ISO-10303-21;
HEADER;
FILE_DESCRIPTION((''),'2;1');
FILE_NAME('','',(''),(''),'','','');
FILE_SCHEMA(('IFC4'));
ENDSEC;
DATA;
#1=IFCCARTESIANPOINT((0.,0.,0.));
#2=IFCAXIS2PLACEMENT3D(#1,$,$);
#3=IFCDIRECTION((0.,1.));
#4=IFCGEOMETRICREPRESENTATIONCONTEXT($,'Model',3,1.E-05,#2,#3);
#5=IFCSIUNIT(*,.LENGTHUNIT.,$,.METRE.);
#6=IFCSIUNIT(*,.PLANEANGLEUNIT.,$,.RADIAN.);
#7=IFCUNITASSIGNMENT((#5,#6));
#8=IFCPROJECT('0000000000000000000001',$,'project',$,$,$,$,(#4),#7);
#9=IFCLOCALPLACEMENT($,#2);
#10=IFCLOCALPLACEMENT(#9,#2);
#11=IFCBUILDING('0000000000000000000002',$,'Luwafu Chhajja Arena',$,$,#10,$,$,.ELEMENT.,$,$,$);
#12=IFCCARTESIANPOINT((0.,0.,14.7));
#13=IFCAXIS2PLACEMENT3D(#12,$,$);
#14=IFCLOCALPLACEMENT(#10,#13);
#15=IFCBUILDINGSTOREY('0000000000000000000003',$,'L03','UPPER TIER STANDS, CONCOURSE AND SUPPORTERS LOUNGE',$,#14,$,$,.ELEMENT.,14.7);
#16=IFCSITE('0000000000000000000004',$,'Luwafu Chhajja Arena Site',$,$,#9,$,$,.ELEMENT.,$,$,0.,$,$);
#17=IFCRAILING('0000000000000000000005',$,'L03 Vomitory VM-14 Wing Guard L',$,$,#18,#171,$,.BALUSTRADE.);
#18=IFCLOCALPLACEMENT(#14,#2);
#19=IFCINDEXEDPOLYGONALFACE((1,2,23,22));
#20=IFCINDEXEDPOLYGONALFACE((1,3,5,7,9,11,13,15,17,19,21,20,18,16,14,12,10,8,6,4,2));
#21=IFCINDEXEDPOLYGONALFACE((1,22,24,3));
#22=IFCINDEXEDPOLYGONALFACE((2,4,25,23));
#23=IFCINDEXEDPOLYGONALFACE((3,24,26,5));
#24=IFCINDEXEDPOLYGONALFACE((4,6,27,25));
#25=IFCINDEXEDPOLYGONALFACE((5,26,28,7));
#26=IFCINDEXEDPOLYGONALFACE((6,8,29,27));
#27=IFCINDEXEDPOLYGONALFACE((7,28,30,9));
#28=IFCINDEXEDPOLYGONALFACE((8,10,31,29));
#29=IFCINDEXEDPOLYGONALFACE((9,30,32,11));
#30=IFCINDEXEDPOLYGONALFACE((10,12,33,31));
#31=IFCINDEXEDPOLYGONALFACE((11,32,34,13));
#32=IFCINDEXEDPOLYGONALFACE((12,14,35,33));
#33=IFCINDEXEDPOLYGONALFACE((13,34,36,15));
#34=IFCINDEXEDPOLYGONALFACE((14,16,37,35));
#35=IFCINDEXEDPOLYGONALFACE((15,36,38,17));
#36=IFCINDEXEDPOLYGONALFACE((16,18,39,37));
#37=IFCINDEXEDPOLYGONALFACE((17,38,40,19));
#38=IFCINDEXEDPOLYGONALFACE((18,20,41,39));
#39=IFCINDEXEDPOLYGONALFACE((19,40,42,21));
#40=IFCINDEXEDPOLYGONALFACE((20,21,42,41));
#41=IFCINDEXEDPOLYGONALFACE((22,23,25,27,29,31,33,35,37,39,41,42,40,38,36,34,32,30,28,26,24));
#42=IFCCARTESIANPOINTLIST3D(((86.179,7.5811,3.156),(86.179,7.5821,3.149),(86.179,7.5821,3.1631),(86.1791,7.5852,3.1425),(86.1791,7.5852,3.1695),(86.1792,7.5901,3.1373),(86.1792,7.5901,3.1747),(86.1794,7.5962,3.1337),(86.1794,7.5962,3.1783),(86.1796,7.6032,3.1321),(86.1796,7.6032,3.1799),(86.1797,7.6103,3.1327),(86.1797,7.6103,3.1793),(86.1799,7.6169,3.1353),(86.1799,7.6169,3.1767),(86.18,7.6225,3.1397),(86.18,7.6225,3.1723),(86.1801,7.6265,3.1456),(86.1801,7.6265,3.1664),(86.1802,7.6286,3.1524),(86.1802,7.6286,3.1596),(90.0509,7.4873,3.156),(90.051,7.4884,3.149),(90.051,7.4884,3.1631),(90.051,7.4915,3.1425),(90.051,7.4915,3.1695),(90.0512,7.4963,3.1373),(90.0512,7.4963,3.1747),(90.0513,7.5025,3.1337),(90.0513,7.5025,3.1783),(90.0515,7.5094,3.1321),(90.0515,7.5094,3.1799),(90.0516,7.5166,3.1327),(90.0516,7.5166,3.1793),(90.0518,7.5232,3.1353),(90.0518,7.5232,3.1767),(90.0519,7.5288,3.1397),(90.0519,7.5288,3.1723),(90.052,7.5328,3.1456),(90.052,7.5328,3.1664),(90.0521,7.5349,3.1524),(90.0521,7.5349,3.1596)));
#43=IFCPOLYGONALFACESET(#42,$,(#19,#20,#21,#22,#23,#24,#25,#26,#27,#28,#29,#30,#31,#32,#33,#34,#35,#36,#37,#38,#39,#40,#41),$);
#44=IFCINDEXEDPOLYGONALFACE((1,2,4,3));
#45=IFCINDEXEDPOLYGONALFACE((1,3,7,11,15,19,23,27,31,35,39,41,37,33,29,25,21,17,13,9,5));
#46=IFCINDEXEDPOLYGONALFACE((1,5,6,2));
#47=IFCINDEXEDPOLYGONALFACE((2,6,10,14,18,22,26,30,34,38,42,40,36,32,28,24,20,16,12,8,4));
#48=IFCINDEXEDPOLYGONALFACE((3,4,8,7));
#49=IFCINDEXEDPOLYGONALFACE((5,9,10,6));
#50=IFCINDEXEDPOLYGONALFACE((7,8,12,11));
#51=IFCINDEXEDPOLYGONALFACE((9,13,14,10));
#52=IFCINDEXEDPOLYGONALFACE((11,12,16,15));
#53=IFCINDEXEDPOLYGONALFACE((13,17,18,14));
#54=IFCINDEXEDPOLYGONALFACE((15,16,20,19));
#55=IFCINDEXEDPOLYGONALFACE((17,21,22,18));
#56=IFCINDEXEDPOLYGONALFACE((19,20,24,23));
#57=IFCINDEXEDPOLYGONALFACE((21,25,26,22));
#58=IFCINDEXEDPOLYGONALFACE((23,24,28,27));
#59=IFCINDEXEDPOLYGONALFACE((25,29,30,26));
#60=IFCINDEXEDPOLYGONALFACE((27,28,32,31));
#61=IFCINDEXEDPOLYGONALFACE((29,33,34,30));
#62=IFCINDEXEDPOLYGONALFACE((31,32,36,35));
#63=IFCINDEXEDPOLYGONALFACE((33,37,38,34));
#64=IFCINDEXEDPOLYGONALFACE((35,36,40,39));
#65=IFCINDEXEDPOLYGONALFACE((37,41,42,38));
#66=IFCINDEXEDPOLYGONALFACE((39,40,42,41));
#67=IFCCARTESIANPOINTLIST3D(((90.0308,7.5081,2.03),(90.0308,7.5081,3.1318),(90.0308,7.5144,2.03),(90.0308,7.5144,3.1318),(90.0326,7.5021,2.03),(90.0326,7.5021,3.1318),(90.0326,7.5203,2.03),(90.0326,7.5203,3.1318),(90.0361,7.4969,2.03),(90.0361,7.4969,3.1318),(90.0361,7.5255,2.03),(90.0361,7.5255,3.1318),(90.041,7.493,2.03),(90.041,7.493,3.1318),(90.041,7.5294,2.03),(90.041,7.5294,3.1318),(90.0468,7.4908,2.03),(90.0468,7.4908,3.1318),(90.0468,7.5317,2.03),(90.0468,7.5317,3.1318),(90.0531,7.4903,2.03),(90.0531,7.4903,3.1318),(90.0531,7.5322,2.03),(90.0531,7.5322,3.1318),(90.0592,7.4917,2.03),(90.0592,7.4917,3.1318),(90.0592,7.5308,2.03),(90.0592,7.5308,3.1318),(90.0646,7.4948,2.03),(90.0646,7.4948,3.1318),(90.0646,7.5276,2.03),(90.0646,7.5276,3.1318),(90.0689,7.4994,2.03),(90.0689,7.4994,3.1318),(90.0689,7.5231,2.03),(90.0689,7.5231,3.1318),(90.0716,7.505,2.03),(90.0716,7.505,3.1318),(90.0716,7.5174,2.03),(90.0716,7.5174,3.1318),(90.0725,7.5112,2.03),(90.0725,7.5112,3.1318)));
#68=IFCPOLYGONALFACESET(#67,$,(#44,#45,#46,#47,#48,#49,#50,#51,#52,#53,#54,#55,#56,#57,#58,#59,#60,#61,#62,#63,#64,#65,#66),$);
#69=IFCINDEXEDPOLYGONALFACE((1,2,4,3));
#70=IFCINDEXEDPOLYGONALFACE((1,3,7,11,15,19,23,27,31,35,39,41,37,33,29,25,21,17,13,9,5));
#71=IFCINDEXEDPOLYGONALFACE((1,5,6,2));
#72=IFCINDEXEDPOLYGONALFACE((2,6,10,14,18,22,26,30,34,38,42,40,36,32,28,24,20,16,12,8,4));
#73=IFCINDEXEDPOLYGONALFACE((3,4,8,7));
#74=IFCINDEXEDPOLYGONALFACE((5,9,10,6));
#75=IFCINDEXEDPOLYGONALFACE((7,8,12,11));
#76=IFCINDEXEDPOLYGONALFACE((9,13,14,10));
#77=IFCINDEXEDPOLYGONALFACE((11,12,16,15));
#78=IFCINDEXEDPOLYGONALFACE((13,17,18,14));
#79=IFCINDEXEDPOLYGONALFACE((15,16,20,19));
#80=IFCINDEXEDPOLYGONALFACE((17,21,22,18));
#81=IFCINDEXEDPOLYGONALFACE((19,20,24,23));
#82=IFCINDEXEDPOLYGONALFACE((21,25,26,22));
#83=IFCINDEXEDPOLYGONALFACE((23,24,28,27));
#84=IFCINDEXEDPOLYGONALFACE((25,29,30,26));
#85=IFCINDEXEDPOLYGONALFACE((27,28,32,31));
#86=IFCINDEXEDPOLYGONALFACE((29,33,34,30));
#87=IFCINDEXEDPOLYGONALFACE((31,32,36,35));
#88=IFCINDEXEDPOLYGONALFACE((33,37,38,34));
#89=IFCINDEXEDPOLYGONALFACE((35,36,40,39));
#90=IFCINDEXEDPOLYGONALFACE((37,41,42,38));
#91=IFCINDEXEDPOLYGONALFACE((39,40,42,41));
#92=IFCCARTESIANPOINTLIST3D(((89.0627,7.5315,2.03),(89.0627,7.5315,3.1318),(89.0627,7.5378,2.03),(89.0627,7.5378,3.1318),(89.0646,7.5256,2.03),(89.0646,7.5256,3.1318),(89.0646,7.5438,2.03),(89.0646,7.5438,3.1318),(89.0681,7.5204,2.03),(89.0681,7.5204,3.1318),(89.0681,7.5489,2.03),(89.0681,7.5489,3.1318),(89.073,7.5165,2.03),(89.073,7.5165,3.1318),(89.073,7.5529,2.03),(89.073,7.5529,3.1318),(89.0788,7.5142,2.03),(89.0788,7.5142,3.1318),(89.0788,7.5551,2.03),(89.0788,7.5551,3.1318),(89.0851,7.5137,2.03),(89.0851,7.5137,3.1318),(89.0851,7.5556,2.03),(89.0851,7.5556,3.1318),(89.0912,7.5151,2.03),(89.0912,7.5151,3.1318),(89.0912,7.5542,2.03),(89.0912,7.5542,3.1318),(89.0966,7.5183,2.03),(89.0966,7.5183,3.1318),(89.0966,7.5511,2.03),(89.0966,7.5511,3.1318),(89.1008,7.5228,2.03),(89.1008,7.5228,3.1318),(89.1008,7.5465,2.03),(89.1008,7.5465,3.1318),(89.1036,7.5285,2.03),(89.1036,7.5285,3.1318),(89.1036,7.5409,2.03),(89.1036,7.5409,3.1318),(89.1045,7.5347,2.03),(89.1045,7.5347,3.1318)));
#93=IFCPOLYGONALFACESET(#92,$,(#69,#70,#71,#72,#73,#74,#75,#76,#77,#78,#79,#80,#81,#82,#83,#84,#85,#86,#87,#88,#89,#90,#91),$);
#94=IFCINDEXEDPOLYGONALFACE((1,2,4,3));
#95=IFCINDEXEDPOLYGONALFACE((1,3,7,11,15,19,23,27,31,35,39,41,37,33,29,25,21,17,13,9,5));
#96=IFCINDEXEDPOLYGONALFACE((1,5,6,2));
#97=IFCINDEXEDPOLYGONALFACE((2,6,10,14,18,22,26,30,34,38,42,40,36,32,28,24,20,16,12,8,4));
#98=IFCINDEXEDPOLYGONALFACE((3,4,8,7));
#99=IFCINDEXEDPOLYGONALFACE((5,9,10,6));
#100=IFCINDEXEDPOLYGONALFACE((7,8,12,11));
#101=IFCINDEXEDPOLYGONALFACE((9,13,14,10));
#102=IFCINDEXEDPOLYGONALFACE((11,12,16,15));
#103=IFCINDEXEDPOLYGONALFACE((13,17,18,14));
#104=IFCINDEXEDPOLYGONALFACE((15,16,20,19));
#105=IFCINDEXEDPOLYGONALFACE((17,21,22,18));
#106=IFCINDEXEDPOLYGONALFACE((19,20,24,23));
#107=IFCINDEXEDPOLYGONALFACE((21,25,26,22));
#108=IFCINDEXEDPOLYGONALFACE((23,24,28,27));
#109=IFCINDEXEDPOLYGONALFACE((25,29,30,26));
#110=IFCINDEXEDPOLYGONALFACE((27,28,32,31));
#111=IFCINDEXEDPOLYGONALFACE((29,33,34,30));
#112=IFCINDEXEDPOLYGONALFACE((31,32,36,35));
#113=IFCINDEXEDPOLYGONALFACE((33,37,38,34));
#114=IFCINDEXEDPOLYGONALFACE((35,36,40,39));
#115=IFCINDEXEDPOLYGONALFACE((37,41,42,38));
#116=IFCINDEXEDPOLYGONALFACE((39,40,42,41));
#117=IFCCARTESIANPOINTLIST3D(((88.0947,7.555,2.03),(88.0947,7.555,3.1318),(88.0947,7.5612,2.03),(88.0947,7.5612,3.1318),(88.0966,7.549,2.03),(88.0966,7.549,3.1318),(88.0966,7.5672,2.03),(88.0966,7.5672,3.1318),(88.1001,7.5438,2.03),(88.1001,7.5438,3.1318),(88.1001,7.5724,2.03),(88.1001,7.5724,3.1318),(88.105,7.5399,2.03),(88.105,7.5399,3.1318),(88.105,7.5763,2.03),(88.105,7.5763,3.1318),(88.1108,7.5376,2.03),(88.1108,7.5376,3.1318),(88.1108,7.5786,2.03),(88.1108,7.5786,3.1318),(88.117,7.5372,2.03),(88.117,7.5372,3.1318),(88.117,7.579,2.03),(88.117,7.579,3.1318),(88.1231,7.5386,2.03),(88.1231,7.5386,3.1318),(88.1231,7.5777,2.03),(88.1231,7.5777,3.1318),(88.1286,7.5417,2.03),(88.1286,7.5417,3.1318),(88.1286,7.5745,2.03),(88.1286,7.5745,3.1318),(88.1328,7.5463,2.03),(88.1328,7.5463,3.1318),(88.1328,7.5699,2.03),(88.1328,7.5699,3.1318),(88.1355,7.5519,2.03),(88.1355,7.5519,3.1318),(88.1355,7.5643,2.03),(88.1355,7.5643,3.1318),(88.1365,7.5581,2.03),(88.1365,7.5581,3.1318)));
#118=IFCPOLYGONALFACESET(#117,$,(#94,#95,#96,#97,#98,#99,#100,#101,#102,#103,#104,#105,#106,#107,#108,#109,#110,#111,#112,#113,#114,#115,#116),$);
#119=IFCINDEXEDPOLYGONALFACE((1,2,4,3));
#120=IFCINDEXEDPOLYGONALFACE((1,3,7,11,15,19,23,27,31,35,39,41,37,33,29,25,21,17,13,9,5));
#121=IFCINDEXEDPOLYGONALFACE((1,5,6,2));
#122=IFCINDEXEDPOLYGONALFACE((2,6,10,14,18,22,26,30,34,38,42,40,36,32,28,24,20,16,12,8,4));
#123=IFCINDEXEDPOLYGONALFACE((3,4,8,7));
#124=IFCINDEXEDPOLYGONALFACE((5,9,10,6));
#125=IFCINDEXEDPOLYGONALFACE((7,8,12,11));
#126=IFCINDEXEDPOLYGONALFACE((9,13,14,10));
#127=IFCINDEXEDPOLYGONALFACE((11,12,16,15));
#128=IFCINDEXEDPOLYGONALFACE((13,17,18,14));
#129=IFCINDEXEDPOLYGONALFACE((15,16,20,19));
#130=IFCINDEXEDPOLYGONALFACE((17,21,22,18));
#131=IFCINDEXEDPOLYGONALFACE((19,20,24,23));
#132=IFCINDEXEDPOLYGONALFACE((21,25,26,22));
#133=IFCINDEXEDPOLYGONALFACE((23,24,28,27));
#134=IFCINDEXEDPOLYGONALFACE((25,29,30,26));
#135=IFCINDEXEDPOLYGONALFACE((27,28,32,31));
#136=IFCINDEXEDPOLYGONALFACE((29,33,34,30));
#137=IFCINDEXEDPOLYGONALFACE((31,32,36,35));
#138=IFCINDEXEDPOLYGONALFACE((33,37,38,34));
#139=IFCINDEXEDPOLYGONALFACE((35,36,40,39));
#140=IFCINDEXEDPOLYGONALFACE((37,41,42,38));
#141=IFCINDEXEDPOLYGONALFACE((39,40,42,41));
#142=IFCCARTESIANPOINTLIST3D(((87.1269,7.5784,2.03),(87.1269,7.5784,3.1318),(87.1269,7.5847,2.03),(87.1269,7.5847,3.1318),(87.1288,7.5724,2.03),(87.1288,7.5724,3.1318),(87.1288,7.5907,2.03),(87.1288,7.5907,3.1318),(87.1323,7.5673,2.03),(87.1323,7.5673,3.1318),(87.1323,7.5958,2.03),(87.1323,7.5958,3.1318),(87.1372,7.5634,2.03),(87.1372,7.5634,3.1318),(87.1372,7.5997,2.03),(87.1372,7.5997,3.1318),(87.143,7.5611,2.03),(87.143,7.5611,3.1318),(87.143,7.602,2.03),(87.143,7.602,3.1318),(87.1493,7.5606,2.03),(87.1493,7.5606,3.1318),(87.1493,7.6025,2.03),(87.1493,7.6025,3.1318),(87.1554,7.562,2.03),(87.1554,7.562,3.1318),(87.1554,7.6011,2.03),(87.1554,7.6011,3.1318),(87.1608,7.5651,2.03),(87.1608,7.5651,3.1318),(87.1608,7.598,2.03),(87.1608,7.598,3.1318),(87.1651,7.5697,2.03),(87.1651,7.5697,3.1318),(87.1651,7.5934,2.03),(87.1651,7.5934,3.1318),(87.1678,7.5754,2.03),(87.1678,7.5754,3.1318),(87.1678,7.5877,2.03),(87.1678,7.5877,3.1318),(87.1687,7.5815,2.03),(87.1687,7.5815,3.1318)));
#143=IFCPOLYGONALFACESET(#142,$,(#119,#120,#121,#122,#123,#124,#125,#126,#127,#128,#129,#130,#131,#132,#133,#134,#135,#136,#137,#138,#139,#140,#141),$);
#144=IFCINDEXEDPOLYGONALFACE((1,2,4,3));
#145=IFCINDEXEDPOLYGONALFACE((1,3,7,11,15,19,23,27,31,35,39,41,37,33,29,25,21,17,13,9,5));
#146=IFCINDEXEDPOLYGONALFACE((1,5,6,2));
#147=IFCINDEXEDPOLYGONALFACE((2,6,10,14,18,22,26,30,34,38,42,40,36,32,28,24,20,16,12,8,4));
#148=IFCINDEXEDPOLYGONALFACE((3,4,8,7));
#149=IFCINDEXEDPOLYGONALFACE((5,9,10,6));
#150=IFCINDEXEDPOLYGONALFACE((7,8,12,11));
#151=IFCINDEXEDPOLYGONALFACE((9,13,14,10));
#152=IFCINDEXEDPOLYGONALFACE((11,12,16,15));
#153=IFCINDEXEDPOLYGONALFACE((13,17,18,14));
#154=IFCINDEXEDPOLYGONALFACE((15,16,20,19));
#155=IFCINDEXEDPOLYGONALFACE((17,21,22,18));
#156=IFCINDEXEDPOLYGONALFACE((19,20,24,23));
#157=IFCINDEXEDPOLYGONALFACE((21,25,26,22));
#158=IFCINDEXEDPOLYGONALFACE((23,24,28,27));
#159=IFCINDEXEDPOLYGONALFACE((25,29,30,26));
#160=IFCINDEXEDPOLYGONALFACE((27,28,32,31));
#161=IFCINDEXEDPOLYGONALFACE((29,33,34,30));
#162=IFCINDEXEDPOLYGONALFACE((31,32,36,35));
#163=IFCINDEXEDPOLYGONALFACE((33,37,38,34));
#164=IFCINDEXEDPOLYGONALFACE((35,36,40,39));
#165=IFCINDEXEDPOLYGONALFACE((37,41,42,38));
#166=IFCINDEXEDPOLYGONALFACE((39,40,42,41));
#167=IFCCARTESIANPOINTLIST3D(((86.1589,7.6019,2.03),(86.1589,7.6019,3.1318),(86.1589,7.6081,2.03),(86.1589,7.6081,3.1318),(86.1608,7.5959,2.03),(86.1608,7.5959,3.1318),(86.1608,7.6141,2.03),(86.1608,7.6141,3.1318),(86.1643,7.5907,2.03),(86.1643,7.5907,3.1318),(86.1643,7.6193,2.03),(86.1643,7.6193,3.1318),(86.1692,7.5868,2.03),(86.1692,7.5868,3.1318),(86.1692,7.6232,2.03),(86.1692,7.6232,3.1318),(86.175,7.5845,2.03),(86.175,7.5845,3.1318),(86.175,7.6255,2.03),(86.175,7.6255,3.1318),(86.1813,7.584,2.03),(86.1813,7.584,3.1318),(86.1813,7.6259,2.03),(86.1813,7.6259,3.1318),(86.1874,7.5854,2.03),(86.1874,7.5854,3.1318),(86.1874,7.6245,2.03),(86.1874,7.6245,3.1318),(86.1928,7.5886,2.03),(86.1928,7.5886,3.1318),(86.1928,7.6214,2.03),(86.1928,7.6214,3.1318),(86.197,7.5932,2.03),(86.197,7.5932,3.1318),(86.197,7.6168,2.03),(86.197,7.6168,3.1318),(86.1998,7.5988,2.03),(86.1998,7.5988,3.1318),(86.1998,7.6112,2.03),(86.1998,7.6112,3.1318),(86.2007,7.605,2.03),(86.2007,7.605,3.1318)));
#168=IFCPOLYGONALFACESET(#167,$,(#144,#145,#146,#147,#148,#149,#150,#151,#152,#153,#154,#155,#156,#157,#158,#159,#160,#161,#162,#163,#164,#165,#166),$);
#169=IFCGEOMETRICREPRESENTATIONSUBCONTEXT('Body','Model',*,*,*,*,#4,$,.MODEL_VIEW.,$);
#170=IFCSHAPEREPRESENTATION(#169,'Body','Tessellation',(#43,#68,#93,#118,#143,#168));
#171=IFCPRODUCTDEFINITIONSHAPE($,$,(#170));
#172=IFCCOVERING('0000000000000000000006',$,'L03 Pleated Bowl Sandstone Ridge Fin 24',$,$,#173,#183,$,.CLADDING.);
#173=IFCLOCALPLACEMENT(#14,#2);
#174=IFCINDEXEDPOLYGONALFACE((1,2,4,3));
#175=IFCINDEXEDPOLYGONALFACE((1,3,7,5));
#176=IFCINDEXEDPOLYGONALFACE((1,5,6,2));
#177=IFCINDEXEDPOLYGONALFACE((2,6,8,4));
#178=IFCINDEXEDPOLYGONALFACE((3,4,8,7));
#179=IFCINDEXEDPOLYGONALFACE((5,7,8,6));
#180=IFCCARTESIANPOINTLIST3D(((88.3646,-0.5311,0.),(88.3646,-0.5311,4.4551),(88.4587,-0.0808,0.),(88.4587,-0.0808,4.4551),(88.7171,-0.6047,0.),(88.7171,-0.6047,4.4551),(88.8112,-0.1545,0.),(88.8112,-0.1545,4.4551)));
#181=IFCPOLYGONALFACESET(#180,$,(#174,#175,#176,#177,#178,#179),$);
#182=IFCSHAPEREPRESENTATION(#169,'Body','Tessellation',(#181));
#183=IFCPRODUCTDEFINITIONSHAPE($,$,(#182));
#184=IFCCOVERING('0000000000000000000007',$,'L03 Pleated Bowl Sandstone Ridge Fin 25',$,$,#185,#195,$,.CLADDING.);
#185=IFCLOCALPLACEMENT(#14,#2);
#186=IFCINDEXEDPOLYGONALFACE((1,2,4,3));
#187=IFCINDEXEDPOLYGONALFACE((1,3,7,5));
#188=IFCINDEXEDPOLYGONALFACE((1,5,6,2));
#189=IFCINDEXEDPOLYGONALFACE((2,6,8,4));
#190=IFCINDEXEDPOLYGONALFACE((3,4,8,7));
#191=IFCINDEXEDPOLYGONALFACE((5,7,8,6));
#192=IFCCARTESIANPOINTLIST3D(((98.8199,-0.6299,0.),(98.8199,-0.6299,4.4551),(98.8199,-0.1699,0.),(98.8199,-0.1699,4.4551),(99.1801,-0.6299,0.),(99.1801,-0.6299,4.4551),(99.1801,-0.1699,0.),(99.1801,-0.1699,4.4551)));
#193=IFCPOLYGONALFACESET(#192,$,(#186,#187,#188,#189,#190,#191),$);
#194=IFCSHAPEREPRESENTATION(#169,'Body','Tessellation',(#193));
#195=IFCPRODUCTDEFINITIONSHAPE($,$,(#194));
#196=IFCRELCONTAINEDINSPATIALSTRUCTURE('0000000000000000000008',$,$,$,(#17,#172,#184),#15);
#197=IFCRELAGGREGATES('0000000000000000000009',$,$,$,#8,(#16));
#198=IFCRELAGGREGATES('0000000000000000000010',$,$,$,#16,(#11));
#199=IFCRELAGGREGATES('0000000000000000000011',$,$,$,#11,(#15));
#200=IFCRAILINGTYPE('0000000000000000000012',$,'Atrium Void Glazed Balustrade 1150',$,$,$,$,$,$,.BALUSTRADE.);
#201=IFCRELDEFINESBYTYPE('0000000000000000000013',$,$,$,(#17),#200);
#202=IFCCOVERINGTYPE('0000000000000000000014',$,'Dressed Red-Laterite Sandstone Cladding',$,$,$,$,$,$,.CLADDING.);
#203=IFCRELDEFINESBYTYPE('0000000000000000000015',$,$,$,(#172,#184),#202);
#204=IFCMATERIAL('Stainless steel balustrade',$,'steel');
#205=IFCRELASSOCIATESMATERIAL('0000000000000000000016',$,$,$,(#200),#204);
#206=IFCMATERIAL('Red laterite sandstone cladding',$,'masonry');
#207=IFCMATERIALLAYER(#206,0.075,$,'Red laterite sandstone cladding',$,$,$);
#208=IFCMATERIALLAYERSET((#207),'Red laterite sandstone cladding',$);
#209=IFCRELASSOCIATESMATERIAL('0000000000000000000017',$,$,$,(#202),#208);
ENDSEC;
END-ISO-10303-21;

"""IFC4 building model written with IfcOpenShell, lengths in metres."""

from ifc_helpers import new_model, si_unit, direction, frame, origin, origin_2d, place, context, subcontext, project, spatial, rectangle, circle, extrude, material, layer, layer_set, type_object, element, save


model = new_model("IFC4")

# Units and contexts
model_context = context("Model", 3, precision=1e-05, world=origin(), true_north=direction((0.0, 1.0)))
body_context = subcontext(model_context, "Body", "Model", "MODEL_VIEW")
ifc_project = project(units=[si_unit("LENGTHUNIT", "METRE"), si_unit("PLANEANGLEUNIT", "RADIAN")], contexts=[model_context])

# Site, building, storey
site_placement = place(None, origin())
site = spatial("IfcSite", under=ifc_project, at=site_placement, Name="Luwafu Chhajja Arena Site", CompositionType="ELEMENT", RefElevation=0.0)
building_placement = place(site_placement, origin())
building = spatial("IfcBuilding", under=site, at=building_placement, Name="Luwafu Chhajja Arena", CompositionType="ELEMENT")
storey_placement = place(building_placement, frame((0.0, 0.0, 14.7)))
storey = spatial("IfcBuildingStorey", under=building, at=storey_placement, Name="L03", Description="UPPER TIER STANDS, CONCOURSE AND SUPPORTERS LOUNGE", CompositionType="ELEMENT", Elevation=14.7)

# Railing
ifc_material_1 = material(Name="Stainless steel balustrade", Category="steel")
railing_type_1 = type_object("IfcRailingType", Name="Atrium Void Glazed Balustrade 1150", PredefinedType="BALUSTRADE", material=ifc_material_1)
railing_1_placement = place(storey_placement, frame((90.0515, 7.5112, 2.03)))
element("IfcRailing", 1, at=railing_1_placement, inside=storey, type_object=railing_type_1, Name="L03 Vomitory VM-14 Wing Guard L", PredefinedType="BALUSTRADE", context=body_context, shape_type="SweptSolid", body=[
    extrude(circle(Radius=0.0239, at=origin_2d()), frame((0.0, 0.0, 1.126), z_axis=(-0.999707, 0.024206, 0.0), x_axis=(-0.024206, -0.999707, 0.0)), (0.0, 0.0, 1.0), 3.873),
    extrude(circle(Radius=0.021, at=origin_2d()), origin(), (0.0, 0.0, 1.0), 1.1018),
    extrude(circle(Radius=0.021, at=origin_2d()), frame((-0.968, 0.0234, 0.0)), (0.0, 0.0, 1.0), 1.1018),
    extrude(circle(Radius=0.021, at=origin_2d()), frame((-1.936, 0.0469, 0.0)), (0.0, 0.0, 1.0), 1.1018),
    extrude(circle(Radius=0.021, at=origin_2d()), frame((-2.9038, 0.0703, 0.0)), (0.0, 0.0, 1.0), 1.1018),
    extrude(circle(Radius=0.021, at=origin_2d()), frame((-3.8718, 0.0938, 0.0)), (0.0, 0.0, 1.0), 1.1018),
])

# Coverings
ifc_material_2 = material(Name="Red laterite sandstone cladding", Category="masonry")
ifc_layer_1 = layer(ifc_material_2, 0.075, Name="Red laterite sandstone cladding")
ifc_layer_set_1 = layer_set([ifc_layer_1], Name="Red laterite sandstone cladding")
covering_type = type_object("IfcCoveringType", Name="Dressed Red-Laterite Sandstone Cladding", PredefinedType="CLADDING", material=ifc_layer_set_1)
for number, where, z_axis, x_axis, name in (
    (2, (88.5879, -0.3428, 0.0), (0.0, 0.0, 1.0), (-0.204485, -0.97887, 0.0), "L03 Pleated Bowl Sandstone Ridge Fin 24"),
    (3, (99.0, -0.3999, 0.0), (0.0, 0.0, 1.0), (0.0, -1.0, 0.0), "L03 Pleated Bowl Sandstone Ridge Fin 25"),
):
    element("IfcCovering", number, at=place(storey_placement, frame(where, z_axis=z_axis, x_axis=x_axis)), inside=storey, type_object=covering_type, Name=name, PredefinedType="CLADDING", context=body_context, shape_type="SweptSolid", body=[
        extrude(rectangle(XDim=0.46, YDim=0.3601, at=origin_2d()), origin(), (0.0, 0.0, 1.0), 4.4551),
    ])

save(model, "model.ifc")
